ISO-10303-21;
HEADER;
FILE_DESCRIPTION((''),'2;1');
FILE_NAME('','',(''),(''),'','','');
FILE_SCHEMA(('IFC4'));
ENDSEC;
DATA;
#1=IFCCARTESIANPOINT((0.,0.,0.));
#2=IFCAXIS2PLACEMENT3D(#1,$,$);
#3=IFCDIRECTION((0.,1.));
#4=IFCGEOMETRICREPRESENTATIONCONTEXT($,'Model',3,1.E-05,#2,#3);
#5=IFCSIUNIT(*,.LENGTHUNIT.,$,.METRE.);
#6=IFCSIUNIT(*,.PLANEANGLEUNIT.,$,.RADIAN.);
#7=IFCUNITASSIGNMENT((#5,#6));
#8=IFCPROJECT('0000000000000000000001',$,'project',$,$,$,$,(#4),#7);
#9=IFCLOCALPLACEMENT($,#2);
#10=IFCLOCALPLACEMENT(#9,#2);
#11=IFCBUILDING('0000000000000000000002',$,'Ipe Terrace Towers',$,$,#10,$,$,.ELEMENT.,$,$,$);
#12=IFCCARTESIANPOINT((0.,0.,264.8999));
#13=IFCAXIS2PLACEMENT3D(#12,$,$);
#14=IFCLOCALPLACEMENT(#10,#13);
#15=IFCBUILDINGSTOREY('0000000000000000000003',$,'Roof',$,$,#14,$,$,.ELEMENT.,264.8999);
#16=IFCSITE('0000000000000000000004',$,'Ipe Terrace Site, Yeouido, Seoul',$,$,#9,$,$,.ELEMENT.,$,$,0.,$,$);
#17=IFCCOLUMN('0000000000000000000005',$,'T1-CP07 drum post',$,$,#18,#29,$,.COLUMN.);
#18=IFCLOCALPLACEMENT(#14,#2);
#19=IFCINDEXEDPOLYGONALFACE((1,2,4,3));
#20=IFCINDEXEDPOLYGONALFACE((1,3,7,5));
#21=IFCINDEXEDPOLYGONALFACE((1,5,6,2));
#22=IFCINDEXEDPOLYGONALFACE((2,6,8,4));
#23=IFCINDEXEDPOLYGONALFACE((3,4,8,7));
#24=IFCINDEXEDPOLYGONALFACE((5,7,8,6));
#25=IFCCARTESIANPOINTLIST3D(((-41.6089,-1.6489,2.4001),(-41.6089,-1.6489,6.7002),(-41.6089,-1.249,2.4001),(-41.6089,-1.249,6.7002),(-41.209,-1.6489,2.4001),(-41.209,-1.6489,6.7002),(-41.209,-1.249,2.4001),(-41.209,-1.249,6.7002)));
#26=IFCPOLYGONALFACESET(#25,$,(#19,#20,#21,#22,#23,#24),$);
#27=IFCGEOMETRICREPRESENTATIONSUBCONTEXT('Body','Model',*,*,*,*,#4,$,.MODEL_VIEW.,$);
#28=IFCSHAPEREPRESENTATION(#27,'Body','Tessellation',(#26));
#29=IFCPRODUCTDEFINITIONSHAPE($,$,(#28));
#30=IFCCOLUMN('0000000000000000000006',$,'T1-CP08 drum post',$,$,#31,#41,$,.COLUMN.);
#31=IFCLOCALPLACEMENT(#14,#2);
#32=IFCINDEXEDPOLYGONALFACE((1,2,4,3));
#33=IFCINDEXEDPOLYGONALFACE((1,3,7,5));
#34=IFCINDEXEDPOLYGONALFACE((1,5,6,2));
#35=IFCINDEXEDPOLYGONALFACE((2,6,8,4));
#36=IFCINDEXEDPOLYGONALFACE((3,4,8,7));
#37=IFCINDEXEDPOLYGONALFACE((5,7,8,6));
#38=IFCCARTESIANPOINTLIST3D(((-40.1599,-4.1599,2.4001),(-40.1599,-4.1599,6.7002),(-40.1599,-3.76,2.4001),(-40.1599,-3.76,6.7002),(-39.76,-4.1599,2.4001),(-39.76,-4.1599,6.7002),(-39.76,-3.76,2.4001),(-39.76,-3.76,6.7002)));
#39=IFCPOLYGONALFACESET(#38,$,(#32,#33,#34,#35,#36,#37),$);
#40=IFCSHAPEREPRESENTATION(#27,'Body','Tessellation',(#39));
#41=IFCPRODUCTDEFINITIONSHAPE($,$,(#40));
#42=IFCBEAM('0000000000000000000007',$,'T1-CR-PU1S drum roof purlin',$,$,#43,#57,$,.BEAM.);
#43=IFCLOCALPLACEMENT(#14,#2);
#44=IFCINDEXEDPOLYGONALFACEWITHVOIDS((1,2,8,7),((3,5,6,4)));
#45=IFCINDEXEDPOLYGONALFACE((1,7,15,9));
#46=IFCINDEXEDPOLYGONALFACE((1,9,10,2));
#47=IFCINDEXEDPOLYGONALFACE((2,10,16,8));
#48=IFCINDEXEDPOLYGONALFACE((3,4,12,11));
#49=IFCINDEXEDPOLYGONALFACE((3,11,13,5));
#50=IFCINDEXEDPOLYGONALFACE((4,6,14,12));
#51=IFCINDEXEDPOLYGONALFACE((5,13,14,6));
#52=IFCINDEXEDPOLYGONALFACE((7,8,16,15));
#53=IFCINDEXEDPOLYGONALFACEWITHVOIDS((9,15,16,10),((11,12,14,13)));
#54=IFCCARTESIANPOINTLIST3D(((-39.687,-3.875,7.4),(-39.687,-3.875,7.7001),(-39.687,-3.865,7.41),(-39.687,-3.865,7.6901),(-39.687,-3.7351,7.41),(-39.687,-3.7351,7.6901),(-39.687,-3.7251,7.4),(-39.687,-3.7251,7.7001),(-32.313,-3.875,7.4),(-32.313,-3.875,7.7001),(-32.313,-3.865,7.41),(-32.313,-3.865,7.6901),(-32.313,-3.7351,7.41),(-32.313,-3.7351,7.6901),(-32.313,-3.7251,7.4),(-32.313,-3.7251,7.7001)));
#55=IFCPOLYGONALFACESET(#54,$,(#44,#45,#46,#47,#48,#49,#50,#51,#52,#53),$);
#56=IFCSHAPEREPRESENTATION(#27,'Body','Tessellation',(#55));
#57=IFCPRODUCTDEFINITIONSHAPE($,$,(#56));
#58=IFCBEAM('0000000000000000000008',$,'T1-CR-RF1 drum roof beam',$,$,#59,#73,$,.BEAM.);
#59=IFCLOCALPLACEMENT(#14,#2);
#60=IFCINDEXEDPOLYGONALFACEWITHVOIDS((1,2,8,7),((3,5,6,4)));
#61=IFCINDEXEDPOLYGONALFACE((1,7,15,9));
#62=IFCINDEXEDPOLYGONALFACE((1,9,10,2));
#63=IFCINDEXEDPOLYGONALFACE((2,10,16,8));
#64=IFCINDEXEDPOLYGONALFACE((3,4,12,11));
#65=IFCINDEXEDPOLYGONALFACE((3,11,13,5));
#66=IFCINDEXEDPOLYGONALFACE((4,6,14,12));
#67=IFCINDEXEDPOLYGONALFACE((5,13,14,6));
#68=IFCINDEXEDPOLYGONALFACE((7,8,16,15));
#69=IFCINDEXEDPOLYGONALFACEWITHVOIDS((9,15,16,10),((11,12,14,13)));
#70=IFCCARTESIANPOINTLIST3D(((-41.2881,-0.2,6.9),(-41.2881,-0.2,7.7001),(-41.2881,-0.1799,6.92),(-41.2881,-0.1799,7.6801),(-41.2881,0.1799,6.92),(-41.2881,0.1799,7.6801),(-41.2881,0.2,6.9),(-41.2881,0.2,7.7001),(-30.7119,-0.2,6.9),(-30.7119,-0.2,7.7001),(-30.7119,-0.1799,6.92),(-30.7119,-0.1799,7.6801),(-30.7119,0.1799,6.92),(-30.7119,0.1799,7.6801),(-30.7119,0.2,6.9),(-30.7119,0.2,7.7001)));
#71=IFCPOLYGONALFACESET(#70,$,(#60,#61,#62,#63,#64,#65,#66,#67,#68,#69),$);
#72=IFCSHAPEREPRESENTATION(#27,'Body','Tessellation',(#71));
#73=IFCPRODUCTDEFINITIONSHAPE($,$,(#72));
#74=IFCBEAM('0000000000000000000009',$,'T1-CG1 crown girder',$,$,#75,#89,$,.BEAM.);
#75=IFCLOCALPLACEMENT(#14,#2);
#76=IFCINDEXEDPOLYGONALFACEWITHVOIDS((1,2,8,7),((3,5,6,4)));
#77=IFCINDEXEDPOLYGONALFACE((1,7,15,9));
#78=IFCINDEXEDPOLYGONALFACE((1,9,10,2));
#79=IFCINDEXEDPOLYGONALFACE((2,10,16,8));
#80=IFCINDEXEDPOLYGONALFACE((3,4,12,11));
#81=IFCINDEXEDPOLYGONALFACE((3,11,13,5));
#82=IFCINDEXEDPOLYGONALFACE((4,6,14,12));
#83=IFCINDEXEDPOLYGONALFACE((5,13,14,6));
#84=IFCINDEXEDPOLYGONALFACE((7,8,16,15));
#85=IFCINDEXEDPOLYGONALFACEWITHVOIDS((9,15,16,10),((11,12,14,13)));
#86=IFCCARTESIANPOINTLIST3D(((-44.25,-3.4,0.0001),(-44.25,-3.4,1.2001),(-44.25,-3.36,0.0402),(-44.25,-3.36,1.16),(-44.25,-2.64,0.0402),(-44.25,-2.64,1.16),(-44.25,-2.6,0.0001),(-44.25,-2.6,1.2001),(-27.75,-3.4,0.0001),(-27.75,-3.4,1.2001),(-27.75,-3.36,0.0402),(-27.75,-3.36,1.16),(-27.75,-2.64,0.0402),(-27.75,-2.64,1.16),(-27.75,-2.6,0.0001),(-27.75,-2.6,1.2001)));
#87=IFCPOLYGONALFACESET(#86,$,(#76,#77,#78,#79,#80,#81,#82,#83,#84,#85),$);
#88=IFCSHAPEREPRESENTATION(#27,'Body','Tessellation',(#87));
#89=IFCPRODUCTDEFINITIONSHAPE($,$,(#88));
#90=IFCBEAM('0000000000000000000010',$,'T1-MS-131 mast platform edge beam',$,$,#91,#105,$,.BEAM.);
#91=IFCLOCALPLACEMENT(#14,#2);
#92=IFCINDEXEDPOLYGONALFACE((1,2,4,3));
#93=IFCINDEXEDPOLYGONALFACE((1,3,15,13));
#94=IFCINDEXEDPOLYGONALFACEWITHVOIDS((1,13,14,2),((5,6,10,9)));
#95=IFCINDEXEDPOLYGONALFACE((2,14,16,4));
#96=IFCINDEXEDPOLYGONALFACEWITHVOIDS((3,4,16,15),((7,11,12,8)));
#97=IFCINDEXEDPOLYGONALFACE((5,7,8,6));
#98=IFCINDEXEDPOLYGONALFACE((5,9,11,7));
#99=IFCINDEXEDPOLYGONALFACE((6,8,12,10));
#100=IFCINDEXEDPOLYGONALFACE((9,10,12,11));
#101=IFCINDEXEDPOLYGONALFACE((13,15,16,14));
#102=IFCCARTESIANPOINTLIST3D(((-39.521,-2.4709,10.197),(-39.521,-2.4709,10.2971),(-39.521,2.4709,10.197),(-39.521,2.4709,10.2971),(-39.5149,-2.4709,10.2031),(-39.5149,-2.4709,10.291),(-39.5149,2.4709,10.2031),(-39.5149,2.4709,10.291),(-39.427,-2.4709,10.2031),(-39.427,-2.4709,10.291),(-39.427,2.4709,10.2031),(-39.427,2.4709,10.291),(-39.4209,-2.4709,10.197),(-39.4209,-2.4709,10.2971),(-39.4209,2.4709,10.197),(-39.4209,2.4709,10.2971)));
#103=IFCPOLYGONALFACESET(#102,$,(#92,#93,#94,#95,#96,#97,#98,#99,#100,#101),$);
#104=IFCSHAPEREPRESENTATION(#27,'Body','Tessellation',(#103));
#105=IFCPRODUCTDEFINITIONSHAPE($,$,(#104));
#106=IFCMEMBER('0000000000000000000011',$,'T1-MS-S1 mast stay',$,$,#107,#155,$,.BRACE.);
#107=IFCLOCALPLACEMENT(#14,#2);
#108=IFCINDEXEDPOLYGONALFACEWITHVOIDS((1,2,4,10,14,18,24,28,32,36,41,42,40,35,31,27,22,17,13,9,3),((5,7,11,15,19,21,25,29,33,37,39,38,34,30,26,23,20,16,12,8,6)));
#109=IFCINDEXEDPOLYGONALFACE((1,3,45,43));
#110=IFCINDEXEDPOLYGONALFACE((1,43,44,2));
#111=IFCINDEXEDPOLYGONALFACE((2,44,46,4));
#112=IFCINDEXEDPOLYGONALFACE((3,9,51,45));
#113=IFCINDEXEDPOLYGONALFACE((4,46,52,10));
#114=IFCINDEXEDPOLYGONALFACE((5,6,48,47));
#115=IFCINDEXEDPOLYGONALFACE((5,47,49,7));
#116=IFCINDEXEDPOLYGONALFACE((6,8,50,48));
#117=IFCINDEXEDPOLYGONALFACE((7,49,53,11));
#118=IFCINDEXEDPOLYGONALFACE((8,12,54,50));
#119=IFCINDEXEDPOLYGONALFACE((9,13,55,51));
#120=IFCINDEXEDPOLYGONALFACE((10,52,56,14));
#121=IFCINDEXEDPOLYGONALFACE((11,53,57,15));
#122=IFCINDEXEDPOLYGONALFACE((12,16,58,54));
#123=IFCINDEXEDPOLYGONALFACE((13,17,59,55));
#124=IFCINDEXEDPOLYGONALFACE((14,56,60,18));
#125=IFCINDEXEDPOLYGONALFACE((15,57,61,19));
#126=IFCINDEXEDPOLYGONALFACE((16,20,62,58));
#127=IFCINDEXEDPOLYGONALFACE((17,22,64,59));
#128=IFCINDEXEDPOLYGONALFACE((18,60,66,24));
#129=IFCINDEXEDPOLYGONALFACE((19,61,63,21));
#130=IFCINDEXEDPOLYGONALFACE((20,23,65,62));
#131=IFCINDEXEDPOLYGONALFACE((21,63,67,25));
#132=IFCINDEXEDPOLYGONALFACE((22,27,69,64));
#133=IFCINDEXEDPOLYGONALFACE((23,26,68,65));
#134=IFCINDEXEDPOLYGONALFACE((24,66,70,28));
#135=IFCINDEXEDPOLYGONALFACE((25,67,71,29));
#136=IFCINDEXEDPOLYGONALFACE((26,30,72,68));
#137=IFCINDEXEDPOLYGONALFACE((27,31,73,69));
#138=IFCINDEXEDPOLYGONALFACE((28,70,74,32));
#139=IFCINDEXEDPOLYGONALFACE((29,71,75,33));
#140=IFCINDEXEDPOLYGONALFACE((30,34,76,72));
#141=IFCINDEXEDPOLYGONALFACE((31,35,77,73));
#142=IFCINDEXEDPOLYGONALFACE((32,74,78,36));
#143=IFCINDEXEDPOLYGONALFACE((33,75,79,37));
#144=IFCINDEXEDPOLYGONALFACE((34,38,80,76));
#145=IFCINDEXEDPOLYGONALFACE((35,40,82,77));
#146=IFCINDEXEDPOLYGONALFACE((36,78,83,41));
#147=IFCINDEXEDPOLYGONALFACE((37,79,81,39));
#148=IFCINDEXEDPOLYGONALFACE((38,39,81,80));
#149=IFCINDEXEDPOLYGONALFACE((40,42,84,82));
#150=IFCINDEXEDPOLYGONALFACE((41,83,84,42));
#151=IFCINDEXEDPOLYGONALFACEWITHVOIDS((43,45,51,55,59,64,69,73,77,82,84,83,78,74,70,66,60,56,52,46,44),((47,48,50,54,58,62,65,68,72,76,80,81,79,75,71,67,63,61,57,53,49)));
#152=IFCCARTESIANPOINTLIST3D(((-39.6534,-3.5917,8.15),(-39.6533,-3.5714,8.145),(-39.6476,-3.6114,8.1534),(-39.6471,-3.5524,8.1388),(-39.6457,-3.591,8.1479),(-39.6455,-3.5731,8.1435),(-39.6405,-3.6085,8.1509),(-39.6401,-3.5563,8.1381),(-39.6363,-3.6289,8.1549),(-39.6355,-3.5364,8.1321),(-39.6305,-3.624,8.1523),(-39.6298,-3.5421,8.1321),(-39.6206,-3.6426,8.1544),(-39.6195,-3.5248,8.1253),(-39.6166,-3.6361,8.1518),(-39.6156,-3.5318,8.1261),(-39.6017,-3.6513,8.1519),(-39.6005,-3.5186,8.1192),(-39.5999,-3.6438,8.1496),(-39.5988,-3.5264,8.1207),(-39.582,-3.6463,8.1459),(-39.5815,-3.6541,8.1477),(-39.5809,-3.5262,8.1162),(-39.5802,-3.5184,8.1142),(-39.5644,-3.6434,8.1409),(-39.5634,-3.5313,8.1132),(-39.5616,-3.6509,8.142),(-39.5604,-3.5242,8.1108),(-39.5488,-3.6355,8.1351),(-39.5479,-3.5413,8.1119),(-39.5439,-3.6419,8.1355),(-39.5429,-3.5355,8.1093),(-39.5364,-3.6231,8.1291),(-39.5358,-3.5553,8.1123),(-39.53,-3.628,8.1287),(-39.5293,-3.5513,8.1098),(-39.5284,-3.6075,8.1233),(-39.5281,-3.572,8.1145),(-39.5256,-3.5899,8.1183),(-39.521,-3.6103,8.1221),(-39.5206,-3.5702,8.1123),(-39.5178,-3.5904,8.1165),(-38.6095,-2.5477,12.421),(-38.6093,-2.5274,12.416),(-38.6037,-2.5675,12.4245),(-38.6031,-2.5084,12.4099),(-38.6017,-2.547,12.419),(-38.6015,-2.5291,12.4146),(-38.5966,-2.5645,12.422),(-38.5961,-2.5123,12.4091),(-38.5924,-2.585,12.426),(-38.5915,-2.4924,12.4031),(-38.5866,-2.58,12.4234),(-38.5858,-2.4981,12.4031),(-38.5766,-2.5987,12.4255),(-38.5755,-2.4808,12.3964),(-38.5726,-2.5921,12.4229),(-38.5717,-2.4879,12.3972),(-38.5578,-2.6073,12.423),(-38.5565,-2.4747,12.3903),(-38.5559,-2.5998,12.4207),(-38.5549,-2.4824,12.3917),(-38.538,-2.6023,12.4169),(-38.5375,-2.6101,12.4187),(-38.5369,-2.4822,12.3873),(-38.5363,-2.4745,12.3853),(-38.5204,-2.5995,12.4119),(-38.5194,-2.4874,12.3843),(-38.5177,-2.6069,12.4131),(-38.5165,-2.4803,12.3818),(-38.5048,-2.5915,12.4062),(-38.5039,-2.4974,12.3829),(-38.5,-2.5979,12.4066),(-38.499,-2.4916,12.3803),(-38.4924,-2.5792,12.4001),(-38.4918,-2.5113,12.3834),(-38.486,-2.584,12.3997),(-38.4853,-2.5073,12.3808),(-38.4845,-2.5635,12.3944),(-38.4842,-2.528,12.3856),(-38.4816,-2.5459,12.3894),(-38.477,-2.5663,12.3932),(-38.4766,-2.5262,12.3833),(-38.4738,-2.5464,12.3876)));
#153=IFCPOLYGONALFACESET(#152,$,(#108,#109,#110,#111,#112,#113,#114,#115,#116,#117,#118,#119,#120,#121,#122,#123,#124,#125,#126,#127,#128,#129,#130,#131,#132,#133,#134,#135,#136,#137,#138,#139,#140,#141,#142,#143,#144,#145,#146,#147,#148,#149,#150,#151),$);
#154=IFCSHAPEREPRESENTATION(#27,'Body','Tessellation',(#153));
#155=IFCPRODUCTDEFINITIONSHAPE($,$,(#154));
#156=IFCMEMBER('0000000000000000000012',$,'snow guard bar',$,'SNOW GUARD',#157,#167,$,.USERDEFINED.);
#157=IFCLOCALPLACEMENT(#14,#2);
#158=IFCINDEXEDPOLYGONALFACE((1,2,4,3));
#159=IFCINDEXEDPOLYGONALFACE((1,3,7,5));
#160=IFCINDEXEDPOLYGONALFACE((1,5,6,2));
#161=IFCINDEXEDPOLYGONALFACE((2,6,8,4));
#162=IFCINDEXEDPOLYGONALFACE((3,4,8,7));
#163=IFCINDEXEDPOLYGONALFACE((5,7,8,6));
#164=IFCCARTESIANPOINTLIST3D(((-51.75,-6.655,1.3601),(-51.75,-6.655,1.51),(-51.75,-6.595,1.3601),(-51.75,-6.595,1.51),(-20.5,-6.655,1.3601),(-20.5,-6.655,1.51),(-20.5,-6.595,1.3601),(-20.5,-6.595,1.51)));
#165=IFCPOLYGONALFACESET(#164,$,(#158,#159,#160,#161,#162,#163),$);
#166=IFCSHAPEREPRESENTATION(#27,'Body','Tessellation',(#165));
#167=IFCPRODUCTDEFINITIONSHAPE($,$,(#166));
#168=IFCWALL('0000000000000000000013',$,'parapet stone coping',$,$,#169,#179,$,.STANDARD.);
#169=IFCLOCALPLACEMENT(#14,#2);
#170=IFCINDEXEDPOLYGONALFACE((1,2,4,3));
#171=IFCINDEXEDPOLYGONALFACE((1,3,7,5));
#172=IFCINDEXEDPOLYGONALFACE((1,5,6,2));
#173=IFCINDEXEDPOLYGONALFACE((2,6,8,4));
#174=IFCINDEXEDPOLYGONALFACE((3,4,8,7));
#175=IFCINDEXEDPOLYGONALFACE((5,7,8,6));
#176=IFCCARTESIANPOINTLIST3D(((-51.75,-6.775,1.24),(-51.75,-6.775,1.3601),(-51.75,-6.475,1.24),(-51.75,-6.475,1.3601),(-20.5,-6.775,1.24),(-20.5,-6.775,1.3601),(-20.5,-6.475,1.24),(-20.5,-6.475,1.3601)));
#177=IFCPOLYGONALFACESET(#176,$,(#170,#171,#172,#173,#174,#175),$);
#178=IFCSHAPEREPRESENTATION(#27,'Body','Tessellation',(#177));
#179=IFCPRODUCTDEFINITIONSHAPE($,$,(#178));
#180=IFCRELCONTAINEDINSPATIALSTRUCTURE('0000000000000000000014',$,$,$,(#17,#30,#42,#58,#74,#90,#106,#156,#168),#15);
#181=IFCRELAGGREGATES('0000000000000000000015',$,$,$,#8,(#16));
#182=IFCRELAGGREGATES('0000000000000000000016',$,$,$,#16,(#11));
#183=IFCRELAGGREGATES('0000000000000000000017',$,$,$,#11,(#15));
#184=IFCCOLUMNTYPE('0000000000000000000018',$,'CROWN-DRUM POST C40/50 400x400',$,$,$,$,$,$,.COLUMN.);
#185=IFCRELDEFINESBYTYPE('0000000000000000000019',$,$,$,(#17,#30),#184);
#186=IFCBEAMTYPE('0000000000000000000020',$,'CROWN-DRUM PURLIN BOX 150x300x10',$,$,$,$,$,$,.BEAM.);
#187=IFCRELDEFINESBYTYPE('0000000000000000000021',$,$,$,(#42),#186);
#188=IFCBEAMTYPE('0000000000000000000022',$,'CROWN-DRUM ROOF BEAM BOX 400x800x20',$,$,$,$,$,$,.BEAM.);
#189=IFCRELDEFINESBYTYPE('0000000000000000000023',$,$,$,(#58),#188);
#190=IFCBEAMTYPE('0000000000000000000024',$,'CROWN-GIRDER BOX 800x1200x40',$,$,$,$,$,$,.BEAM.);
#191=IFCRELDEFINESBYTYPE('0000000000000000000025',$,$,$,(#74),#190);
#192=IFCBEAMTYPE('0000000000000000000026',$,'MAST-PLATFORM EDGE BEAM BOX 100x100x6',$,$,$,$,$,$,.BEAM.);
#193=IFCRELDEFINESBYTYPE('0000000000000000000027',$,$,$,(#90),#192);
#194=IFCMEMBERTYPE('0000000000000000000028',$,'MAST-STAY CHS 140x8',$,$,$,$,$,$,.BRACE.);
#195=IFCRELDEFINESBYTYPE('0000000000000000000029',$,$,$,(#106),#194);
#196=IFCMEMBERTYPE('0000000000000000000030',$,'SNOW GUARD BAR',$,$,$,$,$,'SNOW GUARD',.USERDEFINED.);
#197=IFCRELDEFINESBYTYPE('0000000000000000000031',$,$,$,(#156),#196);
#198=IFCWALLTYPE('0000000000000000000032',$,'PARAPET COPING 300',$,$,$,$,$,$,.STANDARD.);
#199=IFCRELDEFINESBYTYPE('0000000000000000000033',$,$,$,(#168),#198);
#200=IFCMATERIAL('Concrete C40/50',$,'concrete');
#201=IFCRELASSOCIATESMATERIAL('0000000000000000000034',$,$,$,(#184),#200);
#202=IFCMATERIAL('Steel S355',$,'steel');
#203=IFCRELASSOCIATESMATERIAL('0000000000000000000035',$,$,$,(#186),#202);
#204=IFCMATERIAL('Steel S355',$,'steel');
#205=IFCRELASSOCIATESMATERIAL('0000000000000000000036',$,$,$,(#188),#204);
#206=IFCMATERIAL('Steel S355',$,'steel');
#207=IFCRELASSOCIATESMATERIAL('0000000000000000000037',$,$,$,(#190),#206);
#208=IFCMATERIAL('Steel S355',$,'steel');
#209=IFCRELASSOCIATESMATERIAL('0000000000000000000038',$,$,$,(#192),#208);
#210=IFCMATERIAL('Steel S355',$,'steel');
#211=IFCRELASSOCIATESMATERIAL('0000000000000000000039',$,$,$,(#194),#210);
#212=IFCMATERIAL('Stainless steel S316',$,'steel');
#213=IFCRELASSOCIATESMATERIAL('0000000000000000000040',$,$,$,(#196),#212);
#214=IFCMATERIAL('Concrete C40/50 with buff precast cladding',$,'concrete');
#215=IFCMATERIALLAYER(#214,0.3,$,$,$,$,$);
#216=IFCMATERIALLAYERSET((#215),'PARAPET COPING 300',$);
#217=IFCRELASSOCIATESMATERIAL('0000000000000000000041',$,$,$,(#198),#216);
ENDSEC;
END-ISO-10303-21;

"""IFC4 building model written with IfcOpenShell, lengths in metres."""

from ifc_helpers import new_model, si_unit, direction, frame, frame_2d, origin, origin_2d, place, context, subcontext, project, spatial, rectangle, hollow_rectangle, hollow_circle, extrude, material, layer, layer_set, material_profile, profile_set, type_object, element, save


model = new_model("IFC4")

# Units and contexts
model_context = context("Model", 3, precision=1e-05, world=origin(), true_north=direction((0.0, 1.0)))
body_context = subcontext(model_context, "Body", "Model", "MODEL_VIEW")
ifc_project = project(units=[si_unit("LENGTHUNIT", "METRE"), si_unit("PLANEANGLEUNIT", "RADIAN")], contexts=[model_context])

# Site, building, storey
site_placement = place(None, origin())
site = spatial("IfcSite", under=ifc_project, at=site_placement, Name="Ipe Terrace Site, Yeouido, Seoul", CompositionType="ELEMENT", RefElevation=0.0)
building_placement = place(site_placement, origin())
building = spatial("IfcBuilding", under=site, at=building_placement, Name="Ipe Terrace Towers", CompositionType="ELEMENT")
storey_placement = place(building_placement, frame((0.0, 0.0, 264.8999)))
storey = spatial("IfcBuildingStorey", under=building, at=storey_placement, Name="Roof", CompositionType="ELEMENT", Elevation=264.8999)

# Columns
ifc_material_1 = material(Name="Concrete C40/50", Category="concrete")
ifc_material_profile_1 = material_profile(ifc_material_1, rectangle(XDim=0.3999, YDim=0.3999, at=origin_2d()), Name="CROWN-DRUM POST C40/50 400x400")
ifc_profile_set_1 = profile_set([ifc_material_profile_1], Name="Concrete C40/50")
column_type = type_object("IfcColumnType", Name="CROWN-DRUM POST C40/50 400x400", PredefinedType="COLUMN", material=ifc_profile_set_1)
for number, where, z_axis, x_axis, name in (
    (1, (-41.4089, -1.449, 2.4001), (0.0, 0.0, 1.0), (1.0, 0.0, 0.0), "T1-CP07 drum post"),
    (2, (-39.96, -3.96, 2.4001), (0.0, 0.0, 1.0), (1.0, 0.0, 0.0), "T1-CP08 drum post"),
):
    element("IfcColumn", number, at=place(storey_placement, frame(where, z_axis=z_axis, x_axis=x_axis)), inside=storey, type_object=column_type, Name=name, PredefinedType="COLUMN", context=body_context, shape_type="SweptSolid", body=[
        extrude(rectangle(XDim=0.3999, YDim=0.3999, at=origin_2d()), origin(), (0.0, 0.0, 1.0), 4.3),
    ])

# Beams
ifc_material_2 = material(Name="Steel S355", Category="steel")
ifc_material_profile_2 = material_profile(ifc_material_2, hollow_rectangle(XDim=0.1499, YDim=0.3, WallThickness=0.01, at=origin_2d()), Name="CROWN-DRUM PURLIN BOX 150x300x10")
ifc_profile_set_2 = profile_set([ifc_material_profile_2], Name="Steel S355")
beam_type_1 = type_object("IfcBeamType", Name="CROWN-DRUM PURLIN BOX 150x300x10", PredefinedType="BEAM", material=ifc_profile_set_2)
beam_1_placement = place(storey_placement, frame((-39.687, -3.8, 7.55), z_axis=(1.0, 0.0, 0.0), x_axis=(0.0, 1.0, 0.0)))
element("IfcBeam", 3, at=beam_1_placement, inside=storey, type_object=beam_type_1, Name="T1-CR-PU1S drum roof purlin", PredefinedType="BEAM", context=body_context, shape_type="SweptSolid", body=[
    extrude(hollow_rectangle(XDim=0.1499, YDim=0.3, WallThickness=0.01, at=origin_2d()), origin(), (0.0, 0.0, 1.0), 7.374),
])
ifc_material_3 = material(Name="Steel S355", Category="steel")
ifc_material_profile_3 = material_profile(ifc_material_3, hollow_rectangle(XDim=0.3999, YDim=0.8, WallThickness=0.02, at=origin_2d()), Name="CROWN-DRUM ROOF BEAM BOX 400x800x20")
ifc_profile_set_3 = profile_set([ifc_material_profile_3], Name="Steel S355")
beam_type_2 = type_object("IfcBeamType", Name="CROWN-DRUM ROOF BEAM BOX 400x800x20", PredefinedType="BEAM", material=ifc_profile_set_3)
beam_2_placement = place(storey_placement, frame((-41.2881, 0.0, 7.3), z_axis=(1.0, 0.0, 0.0), x_axis=(0.0, 1.0, 0.0)))
element("IfcBeam", 4, at=beam_2_placement, inside=storey, type_object=beam_type_2, Name="T1-CR-RF1 drum roof beam", PredefinedType="BEAM", context=body_context, shape_type="SweptSolid", body=[
    extrude(hollow_rectangle(XDim=0.3999, YDim=0.8, WallThickness=0.02, at=origin_2d()), origin(), (0.0, 0.0, 1.0), 10.5762),
])
ifc_material_4 = material(Name="Steel S355", Category="steel")
ifc_material_profile_4 = material_profile(ifc_material_4, hollow_rectangle(XDim=0.8, YDim=1.2, WallThickness=0.04, at=origin_2d()), Name="CROWN-GIRDER BOX 800x1200x40")
ifc_profile_set_4 = profile_set([ifc_material_profile_4], Name="Steel S355")
beam_type_3 = type_object("IfcBeamType", Name="CROWN-GIRDER BOX 800x1200x40", PredefinedType="BEAM", material=ifc_profile_set_4)
beam_3_placement = place(storey_placement, frame((-44.25, -3.0, 0.6001), z_axis=(1.0, 0.0, 0.0), x_axis=(0.0, 1.0, 0.0)))
element("IfcBeam", 5, at=beam_3_placement, inside=storey, type_object=beam_type_3, Name="T1-CG1 crown girder", PredefinedType="BEAM", context=body_context, shape_type="SweptSolid", body=[
    extrude(hollow_rectangle(XDim=0.8, YDim=1.2, WallThickness=0.04, at=origin_2d()), origin(), (0.0, 0.0, 1.0), 16.5),
])
ifc_material_5 = material(Name="Steel S355", Category="steel")
ifc_material_profile_5 = material_profile(ifc_material_5, hollow_rectangle(XDim=0.1001, YDim=0.1001, WallThickness=0.0061, at=origin_2d()), Name="MAST-PLATFORM EDGE BEAM BOX 100x100x6")
ifc_profile_set_5 = profile_set([ifc_material_profile_5], Name="Steel S355")
beam_type_4 = type_object("IfcBeamType", Name="MAST-PLATFORM EDGE BEAM BOX 100x100x6", PredefinedType="BEAM", material=ifc_profile_set_5)
beam_4_placement = place(storey_placement, frame((-39.4709, -2.4709, 10.2471), z_axis=(0.0, 1.0, 0.0), x_axis=(-1.0, 0.0, 0.0)))
element("IfcBeam", 6, at=beam_4_placement, inside=storey, type_object=beam_type_4, Name="T1-MS-131 mast platform edge beam", PredefinedType="BEAM", context=body_context, shape_type="SweptSolid", body=[
    extrude(hollow_rectangle(XDim=0.1001, YDim=0.1001, WallThickness=0.0061, at=origin_2d()), origin(), (0.0, 0.0, 1.0), 4.9419),
])

# Members
ifc_material_6 = material(Name="Steel S355", Category="steel")
ifc_material_profile_6 = material_profile(ifc_material_6, hollow_circle(Radius=0.0701, WallThickness=0.0081, at=origin_2d()), Name="MAST-STAY CHS 140x8")
ifc_profile_set_6 = profile_set([ifc_material_profile_6], Name="Steel S355")
member_type_1 = type_object("IfcMemberType", Name="MAST-STAY CHS 140x8", PredefinedType="BRACE", material=ifc_profile_set_6)
member_1_placement = place(storey_placement, frame((-39.5859, -3.5859, 8.1321), z_axis=(0.231014, 0.231014, 0.945127), x_axis=(-0.707107, 0.707107, 0.0)))
element("IfcMember", 7, at=member_1_placement, inside=storey, type_object=member_type_1, Name="T1-MS-S1 mast stay", PredefinedType="BRACE", context=body_context, shape_type="SweptSolid", body=[
    extrude(hollow_circle(Radius=0.0701, WallThickness=0.0081, at=origin_2d()), origin(), (0.0, 0.0, 1.0), 4.519),
])
ifc_material_7 = material(Name="Stainless steel S316", Category="steel")
ifc_material_profile_7 = material_profile(ifc_material_7, rectangle(XDim=0.0601, YDim=0.1499, at=origin_2d()), Name="SNOW GUARD BAR")
ifc_profile_set_7 = profile_set([ifc_material_profile_7], Name="Stainless steel S316")
member_type_2 = type_object("IfcMemberType", Name="SNOW GUARD BAR", ElementType="SNOW GUARD", PredefinedType="USERDEFINED", material=ifc_profile_set_7)
member_2_placement = place(storey_placement, frame((-51.75, -6.625, 1.4351), z_axis=(1.0, 0.0, 0.0), x_axis=(0.0, 1.0, 0.0)))
element("IfcMember", 8, at=member_2_placement, inside=storey, type_object=member_type_2, Name="snow guard bar", ObjectType="SNOW GUARD", PredefinedType="USERDEFINED", context=body_context, shape_type="SweptSolid", body=[
    extrude(rectangle(XDim=0.0601, YDim=0.1499, at=origin_2d()), origin(), (0.0, 0.0, 1.0), 31.25),
])

# Wall
ifc_material_8 = material(Name="Concrete C40/50 with buff precast cladding", Category="concrete")
ifc_layer_1 = layer(ifc_material_8, 0.3)
ifc_layer_set_1 = layer_set([ifc_layer_1], Name="PARAPET COPING 300")
wall_type_1 = type_object("IfcWallType", Name="PARAPET COPING 300", PredefinedType="STANDARD", material=ifc_layer_set_1)
wall_1_placement = place(storey_placement, frame((-51.75, -6.625, 1.24), z_axis=(0.0, 0.0, 1.0), x_axis=(1.0, 0.0, 0.0)))
element("IfcWall", 9, at=wall_1_placement, inside=storey, type_object=wall_type_1, Name="parapet stone coping", PredefinedType="STANDARD", context=body_context, shape_type="SweptSolid", body=[
    extrude(rectangle(XDim=31.25, YDim=0.3, at=frame_2d((15.625, 0.0))), origin(), (0.0, 0.0, 1.0), 0.1201),
])

save(model, "model.ifc")
